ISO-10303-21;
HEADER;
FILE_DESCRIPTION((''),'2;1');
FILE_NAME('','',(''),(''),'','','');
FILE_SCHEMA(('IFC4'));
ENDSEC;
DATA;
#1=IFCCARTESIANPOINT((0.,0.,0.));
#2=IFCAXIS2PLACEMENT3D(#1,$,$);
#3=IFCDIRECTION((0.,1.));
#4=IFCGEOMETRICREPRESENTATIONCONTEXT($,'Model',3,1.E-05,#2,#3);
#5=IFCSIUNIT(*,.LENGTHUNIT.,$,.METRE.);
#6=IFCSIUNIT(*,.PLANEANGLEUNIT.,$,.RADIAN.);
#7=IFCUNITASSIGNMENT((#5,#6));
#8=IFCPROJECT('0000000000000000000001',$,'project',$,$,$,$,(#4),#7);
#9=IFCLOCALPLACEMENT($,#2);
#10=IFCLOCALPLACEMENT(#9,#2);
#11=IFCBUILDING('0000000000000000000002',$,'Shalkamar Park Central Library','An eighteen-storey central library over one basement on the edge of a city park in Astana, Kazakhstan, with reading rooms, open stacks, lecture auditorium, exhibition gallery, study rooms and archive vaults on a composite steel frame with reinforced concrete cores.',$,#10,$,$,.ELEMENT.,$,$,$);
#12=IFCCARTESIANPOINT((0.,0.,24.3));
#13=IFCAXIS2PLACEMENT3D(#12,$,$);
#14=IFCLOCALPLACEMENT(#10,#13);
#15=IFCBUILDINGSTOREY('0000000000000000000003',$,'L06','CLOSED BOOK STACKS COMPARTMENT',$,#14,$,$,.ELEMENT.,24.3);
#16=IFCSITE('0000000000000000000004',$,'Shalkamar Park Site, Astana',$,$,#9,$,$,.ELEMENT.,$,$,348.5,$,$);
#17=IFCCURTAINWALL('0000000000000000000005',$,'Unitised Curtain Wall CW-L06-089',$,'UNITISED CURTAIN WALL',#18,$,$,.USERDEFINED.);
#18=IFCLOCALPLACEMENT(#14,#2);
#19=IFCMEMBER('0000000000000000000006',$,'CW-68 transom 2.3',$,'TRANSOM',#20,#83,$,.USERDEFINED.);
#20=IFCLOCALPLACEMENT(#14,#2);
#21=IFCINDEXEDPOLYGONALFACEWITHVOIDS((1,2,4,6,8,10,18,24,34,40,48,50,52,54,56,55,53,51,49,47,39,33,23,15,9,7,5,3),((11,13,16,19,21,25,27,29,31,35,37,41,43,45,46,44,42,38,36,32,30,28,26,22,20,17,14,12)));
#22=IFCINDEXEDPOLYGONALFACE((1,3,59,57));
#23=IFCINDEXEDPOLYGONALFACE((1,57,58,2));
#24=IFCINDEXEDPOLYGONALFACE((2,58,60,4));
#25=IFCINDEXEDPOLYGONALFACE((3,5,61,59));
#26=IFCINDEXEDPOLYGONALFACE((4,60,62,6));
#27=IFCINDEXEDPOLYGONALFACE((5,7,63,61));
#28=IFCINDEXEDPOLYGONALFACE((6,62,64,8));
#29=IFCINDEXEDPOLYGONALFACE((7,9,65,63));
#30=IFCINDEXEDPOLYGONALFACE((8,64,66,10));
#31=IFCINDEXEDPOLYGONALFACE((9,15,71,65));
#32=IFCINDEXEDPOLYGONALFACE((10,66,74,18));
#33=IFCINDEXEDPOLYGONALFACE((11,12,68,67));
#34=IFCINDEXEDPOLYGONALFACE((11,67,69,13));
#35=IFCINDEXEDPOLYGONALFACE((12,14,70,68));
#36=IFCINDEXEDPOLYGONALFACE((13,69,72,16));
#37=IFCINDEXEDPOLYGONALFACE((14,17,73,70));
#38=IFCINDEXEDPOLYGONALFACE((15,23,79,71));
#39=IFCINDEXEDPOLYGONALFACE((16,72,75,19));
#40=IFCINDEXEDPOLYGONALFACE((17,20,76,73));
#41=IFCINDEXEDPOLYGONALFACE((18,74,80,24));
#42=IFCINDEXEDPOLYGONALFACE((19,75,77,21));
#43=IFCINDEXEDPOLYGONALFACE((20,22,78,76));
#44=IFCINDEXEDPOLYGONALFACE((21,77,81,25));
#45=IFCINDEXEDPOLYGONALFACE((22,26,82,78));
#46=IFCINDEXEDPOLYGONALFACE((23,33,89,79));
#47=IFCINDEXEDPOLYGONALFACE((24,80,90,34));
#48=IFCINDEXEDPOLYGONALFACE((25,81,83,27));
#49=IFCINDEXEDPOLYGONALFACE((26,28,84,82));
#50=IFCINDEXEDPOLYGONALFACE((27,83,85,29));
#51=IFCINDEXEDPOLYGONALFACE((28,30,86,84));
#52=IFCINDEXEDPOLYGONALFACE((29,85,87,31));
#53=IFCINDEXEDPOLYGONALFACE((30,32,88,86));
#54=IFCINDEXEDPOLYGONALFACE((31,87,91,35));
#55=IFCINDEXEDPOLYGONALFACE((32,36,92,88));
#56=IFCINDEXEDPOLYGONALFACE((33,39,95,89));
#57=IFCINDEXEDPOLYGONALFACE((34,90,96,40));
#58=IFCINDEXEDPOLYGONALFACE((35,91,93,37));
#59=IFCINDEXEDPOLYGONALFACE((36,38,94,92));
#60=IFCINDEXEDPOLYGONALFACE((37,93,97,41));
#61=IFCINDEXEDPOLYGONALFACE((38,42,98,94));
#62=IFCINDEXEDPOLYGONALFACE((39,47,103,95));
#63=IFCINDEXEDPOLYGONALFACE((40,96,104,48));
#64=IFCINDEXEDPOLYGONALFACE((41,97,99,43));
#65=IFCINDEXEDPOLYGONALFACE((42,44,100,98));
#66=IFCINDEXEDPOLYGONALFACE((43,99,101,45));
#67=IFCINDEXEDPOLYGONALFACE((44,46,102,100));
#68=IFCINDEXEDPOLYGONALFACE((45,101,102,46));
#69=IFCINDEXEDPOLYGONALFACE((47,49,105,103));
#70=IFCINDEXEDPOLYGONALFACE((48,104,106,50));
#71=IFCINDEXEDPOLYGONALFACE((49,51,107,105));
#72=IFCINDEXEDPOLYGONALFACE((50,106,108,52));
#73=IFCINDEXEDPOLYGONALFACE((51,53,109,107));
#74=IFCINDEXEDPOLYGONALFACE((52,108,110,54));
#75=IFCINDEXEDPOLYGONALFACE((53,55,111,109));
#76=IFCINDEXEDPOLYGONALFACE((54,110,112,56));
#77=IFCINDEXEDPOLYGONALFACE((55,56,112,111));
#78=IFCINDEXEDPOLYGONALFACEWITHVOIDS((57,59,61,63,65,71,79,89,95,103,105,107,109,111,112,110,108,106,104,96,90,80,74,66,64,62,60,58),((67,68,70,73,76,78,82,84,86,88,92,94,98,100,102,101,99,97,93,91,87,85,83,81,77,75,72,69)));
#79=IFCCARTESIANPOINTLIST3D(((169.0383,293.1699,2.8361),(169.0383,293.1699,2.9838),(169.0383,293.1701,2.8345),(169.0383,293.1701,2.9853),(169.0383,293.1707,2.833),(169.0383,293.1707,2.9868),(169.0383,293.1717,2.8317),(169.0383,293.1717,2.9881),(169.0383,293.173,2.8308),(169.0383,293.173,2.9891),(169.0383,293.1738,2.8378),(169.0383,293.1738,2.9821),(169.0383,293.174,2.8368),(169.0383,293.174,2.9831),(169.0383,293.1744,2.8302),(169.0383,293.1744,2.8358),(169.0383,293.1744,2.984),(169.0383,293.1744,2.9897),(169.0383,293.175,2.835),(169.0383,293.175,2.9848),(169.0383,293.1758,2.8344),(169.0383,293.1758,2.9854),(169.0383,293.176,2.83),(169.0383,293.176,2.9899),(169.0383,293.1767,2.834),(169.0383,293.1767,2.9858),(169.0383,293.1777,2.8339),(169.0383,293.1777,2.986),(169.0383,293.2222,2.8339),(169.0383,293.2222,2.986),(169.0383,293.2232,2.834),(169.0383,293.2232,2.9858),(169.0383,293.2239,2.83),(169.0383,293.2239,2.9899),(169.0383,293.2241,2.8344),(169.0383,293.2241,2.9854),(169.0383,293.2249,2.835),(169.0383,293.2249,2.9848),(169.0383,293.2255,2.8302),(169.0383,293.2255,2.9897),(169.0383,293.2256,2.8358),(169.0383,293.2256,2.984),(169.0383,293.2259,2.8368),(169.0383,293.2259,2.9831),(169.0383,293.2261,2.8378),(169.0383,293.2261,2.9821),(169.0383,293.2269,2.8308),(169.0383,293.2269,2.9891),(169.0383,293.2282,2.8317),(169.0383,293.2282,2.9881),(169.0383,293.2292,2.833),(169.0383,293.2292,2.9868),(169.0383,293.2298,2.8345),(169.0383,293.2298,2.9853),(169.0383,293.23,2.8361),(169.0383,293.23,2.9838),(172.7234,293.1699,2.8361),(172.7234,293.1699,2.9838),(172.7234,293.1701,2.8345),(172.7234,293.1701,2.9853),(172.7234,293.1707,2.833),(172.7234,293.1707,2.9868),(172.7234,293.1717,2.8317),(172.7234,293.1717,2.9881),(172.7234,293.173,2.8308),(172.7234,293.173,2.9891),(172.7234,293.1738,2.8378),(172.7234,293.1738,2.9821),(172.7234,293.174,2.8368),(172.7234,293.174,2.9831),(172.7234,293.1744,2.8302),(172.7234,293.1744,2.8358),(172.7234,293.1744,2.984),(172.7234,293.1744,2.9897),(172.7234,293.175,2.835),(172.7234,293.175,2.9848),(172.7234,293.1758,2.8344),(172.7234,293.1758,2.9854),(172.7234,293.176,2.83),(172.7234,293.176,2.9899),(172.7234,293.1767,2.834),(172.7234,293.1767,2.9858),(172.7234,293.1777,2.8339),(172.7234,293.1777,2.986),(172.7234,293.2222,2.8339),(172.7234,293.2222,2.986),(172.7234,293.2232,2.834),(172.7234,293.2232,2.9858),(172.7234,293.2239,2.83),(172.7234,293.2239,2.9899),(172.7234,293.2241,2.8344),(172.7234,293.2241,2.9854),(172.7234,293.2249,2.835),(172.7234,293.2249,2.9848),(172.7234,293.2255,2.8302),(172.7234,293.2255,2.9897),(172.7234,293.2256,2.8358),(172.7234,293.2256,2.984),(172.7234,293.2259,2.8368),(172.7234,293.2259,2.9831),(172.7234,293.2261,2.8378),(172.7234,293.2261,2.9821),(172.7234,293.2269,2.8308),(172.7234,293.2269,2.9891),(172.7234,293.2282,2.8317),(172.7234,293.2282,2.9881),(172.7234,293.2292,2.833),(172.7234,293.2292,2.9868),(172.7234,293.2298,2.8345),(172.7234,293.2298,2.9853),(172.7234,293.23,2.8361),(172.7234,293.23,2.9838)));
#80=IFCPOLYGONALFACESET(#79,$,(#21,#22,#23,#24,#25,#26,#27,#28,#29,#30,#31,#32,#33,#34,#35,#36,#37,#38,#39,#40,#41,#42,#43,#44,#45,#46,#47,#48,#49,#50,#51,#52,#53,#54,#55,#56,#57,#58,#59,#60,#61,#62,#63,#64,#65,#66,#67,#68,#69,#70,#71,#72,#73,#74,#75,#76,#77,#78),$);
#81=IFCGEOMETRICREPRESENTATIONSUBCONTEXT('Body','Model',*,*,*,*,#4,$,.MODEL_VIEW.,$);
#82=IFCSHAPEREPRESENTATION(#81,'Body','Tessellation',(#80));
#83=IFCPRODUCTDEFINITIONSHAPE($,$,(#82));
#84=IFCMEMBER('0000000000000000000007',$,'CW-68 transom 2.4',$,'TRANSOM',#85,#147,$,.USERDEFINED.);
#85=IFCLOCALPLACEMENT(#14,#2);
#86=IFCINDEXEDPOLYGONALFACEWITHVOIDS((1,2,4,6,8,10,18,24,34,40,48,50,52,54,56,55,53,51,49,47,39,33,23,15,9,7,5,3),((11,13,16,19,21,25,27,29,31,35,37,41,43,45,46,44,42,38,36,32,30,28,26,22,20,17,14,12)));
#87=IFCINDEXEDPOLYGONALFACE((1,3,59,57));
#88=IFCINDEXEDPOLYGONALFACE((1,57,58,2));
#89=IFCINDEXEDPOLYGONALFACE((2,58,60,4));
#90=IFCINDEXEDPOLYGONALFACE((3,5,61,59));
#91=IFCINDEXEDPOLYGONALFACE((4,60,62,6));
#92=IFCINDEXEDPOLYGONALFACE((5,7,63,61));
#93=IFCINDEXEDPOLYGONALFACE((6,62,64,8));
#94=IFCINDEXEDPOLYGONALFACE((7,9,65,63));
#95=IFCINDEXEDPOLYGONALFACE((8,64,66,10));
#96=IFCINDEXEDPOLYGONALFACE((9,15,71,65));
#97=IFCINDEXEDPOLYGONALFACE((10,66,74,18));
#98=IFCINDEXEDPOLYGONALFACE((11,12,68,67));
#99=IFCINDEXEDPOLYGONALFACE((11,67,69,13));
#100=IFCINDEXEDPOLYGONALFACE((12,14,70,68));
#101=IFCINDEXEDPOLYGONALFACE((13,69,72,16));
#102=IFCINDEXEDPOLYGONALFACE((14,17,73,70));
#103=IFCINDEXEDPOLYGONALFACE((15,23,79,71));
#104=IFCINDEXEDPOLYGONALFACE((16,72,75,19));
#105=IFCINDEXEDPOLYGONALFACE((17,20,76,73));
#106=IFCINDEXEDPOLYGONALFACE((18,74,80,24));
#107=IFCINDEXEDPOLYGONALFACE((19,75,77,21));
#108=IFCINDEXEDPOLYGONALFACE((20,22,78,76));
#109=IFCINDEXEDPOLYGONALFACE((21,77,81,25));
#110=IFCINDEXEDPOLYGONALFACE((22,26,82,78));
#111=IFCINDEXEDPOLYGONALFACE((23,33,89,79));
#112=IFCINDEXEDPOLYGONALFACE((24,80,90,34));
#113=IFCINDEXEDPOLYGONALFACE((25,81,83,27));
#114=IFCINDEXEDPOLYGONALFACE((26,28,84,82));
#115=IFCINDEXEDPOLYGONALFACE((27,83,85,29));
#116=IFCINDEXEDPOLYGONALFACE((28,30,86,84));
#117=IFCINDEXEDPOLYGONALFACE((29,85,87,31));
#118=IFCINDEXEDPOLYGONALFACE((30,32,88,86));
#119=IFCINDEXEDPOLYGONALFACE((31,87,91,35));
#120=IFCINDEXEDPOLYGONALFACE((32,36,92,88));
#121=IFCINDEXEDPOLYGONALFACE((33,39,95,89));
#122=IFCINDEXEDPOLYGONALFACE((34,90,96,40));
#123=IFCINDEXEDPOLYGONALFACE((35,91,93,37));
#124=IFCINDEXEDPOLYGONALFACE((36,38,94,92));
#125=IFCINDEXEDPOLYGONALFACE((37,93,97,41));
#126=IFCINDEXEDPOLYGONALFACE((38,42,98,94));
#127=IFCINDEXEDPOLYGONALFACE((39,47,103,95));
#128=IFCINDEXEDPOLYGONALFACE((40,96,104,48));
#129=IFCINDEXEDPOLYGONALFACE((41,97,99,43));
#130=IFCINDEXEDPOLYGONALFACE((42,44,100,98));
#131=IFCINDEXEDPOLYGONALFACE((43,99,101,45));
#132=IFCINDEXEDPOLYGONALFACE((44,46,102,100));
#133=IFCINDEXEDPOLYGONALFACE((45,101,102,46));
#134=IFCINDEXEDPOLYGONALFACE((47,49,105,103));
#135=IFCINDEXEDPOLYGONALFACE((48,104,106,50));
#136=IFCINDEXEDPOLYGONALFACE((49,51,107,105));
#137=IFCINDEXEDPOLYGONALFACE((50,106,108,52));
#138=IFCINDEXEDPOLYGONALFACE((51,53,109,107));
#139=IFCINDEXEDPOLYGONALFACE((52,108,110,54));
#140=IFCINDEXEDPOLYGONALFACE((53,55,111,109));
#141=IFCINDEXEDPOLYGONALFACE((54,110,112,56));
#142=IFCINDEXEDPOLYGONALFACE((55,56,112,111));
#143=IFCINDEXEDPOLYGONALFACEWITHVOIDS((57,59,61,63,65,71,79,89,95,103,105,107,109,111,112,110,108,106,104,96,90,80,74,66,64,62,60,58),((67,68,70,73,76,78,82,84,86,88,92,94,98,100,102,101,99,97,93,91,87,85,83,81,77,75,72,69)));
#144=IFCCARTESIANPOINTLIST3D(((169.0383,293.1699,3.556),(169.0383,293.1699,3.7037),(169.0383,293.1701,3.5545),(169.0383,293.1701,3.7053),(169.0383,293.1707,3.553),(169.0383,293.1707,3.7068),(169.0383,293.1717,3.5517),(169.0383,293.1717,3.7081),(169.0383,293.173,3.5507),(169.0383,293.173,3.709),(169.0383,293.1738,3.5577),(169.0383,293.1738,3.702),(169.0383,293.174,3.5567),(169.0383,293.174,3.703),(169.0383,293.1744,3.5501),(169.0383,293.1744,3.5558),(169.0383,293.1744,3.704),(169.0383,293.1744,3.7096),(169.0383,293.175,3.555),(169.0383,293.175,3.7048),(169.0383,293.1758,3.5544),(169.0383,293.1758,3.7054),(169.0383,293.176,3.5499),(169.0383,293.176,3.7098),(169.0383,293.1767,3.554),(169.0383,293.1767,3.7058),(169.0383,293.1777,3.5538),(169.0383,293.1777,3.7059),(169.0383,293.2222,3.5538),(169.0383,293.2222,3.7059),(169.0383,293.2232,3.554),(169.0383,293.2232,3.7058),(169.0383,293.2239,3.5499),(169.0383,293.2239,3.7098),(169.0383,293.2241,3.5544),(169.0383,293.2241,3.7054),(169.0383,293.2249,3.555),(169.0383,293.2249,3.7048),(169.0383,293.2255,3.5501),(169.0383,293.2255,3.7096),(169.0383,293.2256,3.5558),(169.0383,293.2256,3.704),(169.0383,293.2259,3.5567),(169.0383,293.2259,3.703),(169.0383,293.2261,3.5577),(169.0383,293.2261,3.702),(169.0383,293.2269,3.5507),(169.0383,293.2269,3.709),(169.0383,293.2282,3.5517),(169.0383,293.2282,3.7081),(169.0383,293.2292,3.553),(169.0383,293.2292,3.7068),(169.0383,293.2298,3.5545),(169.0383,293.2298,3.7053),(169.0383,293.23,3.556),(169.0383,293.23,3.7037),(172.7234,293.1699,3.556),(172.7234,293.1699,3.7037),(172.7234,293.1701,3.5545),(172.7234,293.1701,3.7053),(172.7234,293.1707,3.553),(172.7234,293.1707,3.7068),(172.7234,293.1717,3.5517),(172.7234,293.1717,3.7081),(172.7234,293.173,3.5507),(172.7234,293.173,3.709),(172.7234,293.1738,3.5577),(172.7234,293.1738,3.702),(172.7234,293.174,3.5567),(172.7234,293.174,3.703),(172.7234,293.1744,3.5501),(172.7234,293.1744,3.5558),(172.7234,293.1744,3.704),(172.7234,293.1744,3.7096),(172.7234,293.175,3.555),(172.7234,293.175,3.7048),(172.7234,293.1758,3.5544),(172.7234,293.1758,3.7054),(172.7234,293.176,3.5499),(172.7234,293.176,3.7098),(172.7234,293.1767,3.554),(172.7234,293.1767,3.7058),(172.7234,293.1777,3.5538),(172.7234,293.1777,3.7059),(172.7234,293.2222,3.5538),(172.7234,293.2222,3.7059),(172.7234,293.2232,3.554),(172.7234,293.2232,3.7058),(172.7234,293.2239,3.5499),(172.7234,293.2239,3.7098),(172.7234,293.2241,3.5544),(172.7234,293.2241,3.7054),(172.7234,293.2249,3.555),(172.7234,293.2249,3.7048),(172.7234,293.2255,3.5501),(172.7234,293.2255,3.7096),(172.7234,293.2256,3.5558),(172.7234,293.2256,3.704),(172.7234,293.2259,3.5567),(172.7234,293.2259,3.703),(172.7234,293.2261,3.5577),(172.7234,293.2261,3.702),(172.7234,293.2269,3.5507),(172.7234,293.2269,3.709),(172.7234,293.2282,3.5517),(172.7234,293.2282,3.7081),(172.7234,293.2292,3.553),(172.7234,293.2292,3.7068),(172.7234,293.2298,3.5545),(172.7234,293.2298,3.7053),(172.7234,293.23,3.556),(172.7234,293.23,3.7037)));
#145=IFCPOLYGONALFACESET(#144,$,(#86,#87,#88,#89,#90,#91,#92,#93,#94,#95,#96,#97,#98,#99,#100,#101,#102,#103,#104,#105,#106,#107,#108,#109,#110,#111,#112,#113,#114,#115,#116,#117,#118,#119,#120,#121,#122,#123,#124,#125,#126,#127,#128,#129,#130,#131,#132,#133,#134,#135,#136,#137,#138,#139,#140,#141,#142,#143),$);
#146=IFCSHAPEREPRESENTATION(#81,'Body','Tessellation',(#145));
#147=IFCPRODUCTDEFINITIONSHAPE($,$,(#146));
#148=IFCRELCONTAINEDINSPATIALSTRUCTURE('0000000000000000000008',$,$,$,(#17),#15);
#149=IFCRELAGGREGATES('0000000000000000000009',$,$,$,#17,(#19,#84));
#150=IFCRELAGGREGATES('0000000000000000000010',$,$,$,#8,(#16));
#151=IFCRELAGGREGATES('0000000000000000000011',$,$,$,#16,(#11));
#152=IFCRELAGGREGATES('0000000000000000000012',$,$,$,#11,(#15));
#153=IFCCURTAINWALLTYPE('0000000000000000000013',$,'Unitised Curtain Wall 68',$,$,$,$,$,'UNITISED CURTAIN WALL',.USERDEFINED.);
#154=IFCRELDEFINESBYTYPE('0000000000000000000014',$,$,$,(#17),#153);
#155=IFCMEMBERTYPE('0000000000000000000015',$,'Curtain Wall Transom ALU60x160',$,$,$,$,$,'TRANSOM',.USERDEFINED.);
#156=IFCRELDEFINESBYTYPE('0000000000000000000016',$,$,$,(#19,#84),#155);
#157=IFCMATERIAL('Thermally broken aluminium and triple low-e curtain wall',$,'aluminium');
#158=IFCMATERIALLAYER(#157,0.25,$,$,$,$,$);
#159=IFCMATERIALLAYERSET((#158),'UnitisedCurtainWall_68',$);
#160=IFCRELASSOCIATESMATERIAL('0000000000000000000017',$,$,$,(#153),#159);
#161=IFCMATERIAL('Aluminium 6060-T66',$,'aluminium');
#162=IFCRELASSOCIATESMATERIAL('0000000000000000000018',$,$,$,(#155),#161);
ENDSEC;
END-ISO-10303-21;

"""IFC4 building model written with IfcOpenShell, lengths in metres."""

from ifc_helpers import new_model, si_unit, direction, frame, origin, origin_2d, place, context, subcontext, project, spatial, hollow_rectangle, extrude, material, layer, layer_set, material_profile, profile_set, type_object, element, aggregate, save


model = new_model("IFC4")

# Units and contexts
model_context = context("Model", 3, precision=1e-05, world=origin(), true_north=direction((0.0, 1.0)))
body_context = subcontext(model_context, "Body", "Model", "MODEL_VIEW")
ifc_project = project(units=[si_unit("LENGTHUNIT", "METRE"), si_unit("PLANEANGLEUNIT", "RADIAN")], contexts=[model_context])

# Site, building, storey
site_placement = place(None, origin())
site = spatial("IfcSite", under=ifc_project, at=site_placement, Name="Shalkamar Park Site, Astana", CompositionType="ELEMENT", RefElevation=348.5)
building_placement = place(site_placement, origin())
building = spatial("IfcBuilding", under=site, at=building_placement, Name="Shalkamar Park Central Library", Description="An eighteen-storey central library over one basement on the edge of a city park in Astana, Kazakhstan, with reading rooms, open stacks, lecture auditorium, exhibition gallery, study rooms and archive vaults on a composite steel frame with reinforced concrete cores.", CompositionType="ELEMENT")
storey_placement = place(building_placement, frame((0.0, 0.0, 24.3)))
storey = spatial("IfcBuildingStorey", under=building, at=storey_placement, Name="L06", Description="CLOSED BOOK STACKS COMPARTMENT", CompositionType="ELEMENT", Elevation=24.3)

# Curtain wall
ifc_material_1 = material(Name="Thermally broken aluminium and triple low-e curtain wall", Category="aluminium")
ifc_layer_1 = layer(ifc_material_1, 0.25)
ifc_layer_set_1 = layer_set([ifc_layer_1], Name="UnitisedCurtainWall_68")
curtain_wall_type_1 = type_object("IfcCurtainWallType", Name="Unitised Curtain Wall 68", ElementType="UNITISED CURTAIN WALL", PredefinedType="USERDEFINED", material=ifc_layer_set_1)
curtain_wall_1_placement = place(storey_placement, origin())
curtain_wall_1 = element("IfcCurtainWall", 1, at=curtain_wall_1_placement, inside=storey, type_object=curtain_wall_type_1, Name="Unitised Curtain Wall CW-L06-089", ObjectType="UNITISED CURTAIN WALL", PredefinedType="USERDEFINED")
ifc_material_2 = material(Name="Aluminium 6060-T66", Category="aluminium")

# Members
ifc_material_profile_1 = material_profile(ifc_material_2, hollow_rectangle(XDim=0.0601, YDim=0.1599, WallThickness=0.0039, InnerFilletRadius=0.0039, OuterFilletRadius=0.0061, at=origin_2d()), Name="ALU 60x160x4")
ifc_profile_set_1 = profile_set([ifc_material_profile_1], Name="Aluminium 6060-T66")
member_type_1 = type_object("IfcMemberType", Name="Curtain Wall Transom ALU60x160", ElementType="TRANSOM", PredefinedType="USERDEFINED", material=ifc_profile_set_1)
member_1_placement = place(storey_placement, frame((169.0383, 293.2, 2.9099), z_axis=(1.0, 0.0, 0.0), x_axis=(0.0, 1.0, 0.0)))
member_1 = element("IfcMember", 2, at=member_1_placement, type_object=member_type_1, Name="CW-68 transom 2.3", ObjectType="TRANSOM", PredefinedType="USERDEFINED", context=body_context, shape_type="SweptSolid", body=[
    extrude(hollow_rectangle(XDim=0.0601, YDim=0.1599, WallThickness=0.0039, InnerFilletRadius=0.0039, OuterFilletRadius=0.0061, at=origin_2d()), origin(), (0.0, 0.0, 1.0), 3.6851),
])
member_2_placement = place(storey_placement, frame((169.0383, 293.2, 3.6299), z_axis=(1.0, 0.0, 0.0), x_axis=(0.0, 1.0, 0.0)))
member_2 = element("IfcMember", 3, at=member_2_placement, type_object=member_type_1, Name="CW-68 transom 2.4", ObjectType="TRANSOM", PredefinedType="USERDEFINED", context=body_context, shape_type="SweptSolid", body=[
    extrude(hollow_rectangle(XDim=0.0601, YDim=0.1599, WallThickness=0.0039, InnerFilletRadius=0.0039, OuterFilletRadius=0.0061, at=origin_2d()), origin(), (0.0, 0.0, 1.0), 3.6851),
])

aggregate(curtain_wall_1, [member_1, member_2])

save(model, "model.ifc")
